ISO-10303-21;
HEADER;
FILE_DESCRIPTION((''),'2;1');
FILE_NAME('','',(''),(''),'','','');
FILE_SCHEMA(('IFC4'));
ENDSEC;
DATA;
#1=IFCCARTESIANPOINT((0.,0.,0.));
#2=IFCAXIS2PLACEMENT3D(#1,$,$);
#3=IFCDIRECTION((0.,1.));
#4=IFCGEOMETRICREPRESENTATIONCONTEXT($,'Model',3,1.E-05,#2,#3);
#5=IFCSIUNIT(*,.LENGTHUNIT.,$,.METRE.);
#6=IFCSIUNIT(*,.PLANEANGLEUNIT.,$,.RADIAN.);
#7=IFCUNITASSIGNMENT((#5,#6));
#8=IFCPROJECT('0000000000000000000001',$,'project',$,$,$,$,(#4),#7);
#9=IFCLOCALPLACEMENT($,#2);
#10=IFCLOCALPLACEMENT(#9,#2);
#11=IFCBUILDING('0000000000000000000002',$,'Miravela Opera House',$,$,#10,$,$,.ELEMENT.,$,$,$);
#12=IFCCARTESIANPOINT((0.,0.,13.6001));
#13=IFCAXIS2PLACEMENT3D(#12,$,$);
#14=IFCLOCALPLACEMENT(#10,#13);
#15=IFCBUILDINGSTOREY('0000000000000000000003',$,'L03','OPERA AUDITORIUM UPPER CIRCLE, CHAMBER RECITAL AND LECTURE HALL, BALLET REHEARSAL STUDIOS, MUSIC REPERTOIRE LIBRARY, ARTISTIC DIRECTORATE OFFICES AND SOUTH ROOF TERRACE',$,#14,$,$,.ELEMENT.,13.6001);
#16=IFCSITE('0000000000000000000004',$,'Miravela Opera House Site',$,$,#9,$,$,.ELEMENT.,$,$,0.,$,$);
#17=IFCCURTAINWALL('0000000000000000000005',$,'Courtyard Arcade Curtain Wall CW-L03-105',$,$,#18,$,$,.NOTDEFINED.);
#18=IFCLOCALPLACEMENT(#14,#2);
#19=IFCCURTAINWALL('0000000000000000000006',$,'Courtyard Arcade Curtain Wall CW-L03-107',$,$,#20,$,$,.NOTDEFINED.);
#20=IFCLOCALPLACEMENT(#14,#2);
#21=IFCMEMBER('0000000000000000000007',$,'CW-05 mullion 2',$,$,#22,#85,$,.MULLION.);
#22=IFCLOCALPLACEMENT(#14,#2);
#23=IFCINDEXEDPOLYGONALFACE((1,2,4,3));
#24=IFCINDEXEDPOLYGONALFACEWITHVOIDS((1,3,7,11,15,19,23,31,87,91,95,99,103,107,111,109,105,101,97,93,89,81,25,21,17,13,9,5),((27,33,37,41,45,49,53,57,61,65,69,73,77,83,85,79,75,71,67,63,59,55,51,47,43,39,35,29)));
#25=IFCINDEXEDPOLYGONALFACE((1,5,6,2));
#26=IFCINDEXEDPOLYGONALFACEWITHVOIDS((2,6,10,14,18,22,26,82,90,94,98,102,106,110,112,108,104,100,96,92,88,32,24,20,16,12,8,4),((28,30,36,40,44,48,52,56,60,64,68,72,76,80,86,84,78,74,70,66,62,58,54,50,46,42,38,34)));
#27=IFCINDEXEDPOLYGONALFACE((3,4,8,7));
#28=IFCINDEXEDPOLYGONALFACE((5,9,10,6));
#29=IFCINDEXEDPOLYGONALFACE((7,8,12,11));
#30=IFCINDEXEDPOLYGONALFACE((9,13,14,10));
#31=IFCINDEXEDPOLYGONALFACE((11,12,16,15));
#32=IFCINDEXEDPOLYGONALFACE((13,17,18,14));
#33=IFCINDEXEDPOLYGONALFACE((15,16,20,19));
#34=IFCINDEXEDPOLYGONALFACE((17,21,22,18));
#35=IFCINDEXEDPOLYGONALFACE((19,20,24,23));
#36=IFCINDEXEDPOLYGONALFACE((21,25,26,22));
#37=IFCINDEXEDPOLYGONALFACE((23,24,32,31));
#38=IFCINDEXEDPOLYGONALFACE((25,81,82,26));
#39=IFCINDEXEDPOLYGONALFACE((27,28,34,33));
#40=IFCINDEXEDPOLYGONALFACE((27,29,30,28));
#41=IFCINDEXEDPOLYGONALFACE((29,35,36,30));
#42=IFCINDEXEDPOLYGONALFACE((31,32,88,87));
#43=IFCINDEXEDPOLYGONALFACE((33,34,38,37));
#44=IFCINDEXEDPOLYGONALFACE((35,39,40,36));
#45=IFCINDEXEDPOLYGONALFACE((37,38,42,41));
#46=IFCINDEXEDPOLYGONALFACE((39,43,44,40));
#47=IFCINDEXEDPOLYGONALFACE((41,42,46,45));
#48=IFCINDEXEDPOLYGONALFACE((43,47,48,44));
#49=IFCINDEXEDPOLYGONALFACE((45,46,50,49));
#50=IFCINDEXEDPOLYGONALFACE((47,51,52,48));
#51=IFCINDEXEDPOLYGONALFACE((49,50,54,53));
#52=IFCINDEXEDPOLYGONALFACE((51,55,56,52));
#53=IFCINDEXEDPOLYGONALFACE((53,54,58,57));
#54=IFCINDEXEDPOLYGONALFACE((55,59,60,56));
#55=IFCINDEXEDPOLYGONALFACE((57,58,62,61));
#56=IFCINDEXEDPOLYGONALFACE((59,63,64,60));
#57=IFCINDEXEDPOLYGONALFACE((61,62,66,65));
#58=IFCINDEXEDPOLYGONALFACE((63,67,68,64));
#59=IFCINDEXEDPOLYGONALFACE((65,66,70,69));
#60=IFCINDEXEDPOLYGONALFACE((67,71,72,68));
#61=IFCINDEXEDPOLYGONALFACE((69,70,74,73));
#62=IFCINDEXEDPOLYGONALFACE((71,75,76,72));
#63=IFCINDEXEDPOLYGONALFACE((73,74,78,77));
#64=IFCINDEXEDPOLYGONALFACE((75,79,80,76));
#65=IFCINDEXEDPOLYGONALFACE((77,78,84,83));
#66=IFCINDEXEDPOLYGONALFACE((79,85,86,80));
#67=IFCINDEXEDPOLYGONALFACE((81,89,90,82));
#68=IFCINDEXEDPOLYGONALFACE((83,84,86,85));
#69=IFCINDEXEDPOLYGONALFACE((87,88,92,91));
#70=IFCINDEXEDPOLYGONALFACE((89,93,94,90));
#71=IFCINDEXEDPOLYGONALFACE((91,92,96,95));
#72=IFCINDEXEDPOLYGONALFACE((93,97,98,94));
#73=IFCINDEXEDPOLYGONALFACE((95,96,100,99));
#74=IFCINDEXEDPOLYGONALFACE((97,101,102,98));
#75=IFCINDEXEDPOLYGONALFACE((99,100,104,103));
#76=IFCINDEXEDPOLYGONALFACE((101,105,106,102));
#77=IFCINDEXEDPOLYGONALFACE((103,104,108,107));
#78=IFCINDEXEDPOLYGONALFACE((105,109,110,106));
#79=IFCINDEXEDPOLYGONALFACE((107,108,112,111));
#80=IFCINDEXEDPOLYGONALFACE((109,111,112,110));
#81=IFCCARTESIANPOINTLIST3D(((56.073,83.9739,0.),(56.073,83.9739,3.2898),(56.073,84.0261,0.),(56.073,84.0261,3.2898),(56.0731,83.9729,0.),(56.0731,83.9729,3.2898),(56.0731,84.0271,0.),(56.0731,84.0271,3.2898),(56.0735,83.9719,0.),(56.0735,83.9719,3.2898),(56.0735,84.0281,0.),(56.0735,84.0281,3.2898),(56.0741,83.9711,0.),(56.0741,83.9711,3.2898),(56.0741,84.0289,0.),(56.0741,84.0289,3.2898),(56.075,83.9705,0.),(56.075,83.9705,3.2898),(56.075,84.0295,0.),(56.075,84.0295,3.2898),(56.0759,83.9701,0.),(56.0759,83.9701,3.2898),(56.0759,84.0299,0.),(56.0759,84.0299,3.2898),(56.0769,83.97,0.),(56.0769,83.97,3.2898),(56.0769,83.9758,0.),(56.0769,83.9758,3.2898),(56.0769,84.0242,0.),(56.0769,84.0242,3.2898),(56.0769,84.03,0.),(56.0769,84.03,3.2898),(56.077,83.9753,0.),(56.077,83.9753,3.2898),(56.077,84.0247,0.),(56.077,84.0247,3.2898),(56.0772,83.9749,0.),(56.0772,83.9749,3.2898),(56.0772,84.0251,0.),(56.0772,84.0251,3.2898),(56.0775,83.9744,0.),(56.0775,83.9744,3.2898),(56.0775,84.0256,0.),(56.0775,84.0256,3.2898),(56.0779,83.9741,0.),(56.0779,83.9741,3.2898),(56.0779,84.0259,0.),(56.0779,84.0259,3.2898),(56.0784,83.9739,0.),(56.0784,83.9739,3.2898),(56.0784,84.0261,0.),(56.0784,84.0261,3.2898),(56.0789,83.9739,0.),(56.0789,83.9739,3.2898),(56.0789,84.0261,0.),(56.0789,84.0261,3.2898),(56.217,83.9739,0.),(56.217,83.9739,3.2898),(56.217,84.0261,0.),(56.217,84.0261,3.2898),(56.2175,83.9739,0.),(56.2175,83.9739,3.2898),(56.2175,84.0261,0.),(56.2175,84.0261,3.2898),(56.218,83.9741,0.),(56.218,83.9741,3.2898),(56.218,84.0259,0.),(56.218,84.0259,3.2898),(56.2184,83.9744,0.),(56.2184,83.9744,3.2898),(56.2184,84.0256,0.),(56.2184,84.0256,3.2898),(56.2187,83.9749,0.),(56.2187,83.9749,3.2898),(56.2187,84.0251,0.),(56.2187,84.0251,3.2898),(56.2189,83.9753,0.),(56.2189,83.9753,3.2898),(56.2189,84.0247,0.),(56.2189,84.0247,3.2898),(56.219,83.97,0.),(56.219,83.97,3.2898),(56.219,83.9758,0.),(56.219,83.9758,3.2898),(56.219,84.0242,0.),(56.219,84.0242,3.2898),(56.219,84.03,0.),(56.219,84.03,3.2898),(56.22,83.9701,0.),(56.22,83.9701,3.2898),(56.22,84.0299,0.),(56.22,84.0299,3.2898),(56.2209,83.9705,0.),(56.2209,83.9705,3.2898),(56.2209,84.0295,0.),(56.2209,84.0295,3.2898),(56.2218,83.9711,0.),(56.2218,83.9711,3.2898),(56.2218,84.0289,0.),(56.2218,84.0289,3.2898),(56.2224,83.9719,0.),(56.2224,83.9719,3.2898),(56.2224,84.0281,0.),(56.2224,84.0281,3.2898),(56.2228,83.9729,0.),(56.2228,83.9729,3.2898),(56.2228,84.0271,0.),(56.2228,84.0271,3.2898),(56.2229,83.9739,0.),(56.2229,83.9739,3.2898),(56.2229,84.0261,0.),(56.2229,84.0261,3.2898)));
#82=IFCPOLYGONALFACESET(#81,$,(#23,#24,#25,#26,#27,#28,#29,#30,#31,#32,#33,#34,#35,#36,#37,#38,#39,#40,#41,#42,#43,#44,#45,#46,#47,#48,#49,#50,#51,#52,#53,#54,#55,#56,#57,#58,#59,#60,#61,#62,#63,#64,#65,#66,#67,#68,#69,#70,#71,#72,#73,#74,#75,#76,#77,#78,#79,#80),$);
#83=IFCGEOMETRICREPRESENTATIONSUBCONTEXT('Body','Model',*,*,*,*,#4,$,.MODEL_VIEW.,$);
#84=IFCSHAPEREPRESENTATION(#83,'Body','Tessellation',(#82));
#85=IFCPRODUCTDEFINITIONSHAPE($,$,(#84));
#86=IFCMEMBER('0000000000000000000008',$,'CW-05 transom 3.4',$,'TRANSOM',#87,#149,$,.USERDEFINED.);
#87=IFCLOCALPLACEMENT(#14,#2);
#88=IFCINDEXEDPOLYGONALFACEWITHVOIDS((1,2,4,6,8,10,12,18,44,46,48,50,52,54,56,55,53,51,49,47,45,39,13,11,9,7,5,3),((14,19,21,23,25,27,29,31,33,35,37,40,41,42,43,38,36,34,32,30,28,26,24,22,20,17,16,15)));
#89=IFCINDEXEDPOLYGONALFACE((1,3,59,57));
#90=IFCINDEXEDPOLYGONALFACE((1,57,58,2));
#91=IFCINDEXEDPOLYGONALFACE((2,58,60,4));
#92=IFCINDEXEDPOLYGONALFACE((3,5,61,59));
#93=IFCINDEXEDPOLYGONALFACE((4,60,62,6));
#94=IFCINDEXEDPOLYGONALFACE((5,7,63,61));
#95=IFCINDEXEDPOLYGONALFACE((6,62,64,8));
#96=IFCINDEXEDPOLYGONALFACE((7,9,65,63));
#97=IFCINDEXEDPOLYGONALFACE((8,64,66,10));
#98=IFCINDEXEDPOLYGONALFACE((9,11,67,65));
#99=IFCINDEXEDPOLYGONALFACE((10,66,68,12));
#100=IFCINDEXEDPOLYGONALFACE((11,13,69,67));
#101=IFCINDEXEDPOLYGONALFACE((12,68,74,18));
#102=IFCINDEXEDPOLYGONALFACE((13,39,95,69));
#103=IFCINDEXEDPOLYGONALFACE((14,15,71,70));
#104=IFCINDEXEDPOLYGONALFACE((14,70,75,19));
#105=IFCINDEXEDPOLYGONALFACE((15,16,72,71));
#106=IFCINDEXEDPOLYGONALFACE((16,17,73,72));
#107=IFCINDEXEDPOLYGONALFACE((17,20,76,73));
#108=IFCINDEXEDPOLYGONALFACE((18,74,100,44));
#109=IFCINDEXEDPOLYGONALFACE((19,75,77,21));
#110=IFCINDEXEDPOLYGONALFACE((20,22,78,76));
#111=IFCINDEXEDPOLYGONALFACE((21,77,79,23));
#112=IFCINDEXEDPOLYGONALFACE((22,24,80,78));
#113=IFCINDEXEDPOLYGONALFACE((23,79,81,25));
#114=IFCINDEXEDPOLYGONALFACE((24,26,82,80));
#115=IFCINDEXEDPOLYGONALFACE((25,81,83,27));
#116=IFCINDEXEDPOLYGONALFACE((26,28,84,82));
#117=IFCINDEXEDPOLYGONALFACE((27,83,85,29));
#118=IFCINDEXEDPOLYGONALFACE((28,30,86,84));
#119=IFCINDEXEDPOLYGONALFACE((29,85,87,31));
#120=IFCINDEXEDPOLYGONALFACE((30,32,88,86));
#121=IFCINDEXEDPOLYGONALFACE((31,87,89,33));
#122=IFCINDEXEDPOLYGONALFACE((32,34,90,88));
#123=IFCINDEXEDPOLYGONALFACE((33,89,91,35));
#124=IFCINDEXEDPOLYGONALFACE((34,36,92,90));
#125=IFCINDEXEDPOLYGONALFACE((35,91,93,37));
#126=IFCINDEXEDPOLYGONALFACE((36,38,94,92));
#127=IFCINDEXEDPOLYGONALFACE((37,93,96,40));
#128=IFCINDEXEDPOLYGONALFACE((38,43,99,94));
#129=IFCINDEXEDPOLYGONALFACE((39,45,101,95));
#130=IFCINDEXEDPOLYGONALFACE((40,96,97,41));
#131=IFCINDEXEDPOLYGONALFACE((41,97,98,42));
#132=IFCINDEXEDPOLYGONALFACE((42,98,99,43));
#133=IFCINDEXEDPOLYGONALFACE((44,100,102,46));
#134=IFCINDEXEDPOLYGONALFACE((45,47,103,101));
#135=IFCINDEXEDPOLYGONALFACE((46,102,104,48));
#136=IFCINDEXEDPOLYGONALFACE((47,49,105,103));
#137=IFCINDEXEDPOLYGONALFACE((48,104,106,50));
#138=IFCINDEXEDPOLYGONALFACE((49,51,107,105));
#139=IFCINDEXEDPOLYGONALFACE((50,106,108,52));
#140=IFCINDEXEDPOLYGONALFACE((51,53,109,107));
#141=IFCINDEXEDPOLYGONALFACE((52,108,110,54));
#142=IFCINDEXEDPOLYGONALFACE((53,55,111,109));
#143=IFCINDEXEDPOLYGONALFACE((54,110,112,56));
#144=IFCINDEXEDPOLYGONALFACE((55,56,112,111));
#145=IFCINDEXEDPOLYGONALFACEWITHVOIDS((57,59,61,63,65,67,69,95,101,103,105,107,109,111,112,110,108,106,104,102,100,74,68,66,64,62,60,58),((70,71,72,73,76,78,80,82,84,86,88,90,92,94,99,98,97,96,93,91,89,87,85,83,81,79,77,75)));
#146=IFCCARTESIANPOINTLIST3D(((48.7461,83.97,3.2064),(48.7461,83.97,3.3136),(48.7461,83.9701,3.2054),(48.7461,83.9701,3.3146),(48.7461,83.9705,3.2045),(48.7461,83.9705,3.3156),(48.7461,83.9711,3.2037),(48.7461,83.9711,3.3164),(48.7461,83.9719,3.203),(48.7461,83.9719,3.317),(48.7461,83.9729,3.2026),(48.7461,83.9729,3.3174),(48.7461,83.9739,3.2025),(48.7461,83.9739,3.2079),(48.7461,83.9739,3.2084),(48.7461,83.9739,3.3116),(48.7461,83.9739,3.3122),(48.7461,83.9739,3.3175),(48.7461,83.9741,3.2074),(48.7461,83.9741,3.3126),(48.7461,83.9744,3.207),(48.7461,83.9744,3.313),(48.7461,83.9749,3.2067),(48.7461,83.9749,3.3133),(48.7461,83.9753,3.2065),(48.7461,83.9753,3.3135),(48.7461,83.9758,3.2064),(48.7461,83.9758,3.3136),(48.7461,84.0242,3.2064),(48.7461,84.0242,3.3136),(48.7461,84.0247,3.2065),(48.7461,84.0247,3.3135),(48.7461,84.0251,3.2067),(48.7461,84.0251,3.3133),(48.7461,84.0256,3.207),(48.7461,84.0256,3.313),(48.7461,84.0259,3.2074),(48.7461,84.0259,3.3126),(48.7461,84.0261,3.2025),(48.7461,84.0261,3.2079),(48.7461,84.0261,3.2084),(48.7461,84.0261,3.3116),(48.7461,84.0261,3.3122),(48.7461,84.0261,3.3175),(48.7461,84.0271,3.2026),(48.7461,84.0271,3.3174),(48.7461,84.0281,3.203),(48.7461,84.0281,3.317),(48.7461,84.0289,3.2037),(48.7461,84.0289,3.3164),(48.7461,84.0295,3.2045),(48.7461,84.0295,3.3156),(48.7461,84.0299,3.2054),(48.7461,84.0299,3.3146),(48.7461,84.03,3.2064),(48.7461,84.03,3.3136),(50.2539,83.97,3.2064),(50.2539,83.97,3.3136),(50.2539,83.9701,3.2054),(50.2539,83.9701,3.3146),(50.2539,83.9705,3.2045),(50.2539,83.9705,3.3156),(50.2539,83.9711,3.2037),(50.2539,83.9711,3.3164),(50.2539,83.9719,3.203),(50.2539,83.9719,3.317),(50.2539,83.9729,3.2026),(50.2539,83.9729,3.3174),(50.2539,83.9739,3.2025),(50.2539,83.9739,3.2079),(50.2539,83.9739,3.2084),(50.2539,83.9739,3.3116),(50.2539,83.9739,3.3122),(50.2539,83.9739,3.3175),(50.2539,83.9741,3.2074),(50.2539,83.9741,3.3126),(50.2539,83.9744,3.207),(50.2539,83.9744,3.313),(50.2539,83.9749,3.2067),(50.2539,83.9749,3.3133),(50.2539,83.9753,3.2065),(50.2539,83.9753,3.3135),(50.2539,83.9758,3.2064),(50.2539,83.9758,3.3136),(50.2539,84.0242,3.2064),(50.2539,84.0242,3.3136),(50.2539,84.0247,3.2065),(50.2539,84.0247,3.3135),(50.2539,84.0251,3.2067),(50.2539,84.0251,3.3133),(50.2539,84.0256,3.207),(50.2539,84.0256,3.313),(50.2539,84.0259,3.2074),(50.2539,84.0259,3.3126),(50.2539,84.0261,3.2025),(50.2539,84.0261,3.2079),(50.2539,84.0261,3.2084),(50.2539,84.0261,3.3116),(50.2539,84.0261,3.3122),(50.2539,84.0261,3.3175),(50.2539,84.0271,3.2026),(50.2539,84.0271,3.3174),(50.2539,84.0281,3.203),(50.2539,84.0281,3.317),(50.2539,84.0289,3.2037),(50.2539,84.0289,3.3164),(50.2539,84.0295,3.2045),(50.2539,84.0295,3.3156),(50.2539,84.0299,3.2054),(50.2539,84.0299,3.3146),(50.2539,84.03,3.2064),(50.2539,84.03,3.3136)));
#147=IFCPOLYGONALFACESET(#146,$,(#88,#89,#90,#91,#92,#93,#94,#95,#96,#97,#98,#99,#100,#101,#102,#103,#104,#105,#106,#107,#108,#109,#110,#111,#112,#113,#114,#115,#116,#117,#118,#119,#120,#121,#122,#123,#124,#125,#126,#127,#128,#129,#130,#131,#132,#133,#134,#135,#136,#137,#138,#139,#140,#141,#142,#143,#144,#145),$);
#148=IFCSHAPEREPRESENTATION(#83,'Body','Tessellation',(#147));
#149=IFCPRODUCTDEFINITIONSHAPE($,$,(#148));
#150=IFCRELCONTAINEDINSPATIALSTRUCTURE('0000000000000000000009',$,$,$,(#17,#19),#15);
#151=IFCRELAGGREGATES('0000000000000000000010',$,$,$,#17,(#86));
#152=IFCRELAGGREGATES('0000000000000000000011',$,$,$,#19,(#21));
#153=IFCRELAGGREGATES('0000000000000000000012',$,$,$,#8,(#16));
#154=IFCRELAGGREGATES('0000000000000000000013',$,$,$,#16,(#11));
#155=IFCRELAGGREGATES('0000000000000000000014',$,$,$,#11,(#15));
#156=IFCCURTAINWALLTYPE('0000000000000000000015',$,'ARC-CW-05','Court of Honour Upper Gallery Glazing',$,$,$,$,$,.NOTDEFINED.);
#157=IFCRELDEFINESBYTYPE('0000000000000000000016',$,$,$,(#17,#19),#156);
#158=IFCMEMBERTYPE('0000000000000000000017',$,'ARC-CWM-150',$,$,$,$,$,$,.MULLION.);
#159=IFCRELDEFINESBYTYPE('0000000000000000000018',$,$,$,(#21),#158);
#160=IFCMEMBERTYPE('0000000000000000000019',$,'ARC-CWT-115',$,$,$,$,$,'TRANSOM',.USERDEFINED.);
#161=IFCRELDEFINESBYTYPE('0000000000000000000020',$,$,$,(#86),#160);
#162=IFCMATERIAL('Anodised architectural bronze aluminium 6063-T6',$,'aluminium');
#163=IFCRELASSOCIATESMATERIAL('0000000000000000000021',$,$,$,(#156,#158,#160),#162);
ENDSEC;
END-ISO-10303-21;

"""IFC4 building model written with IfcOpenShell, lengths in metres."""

from ifc_helpers import new_model, si_unit, direction, frame, origin, origin_2d, place, context, subcontext, project, spatial, hollow_rectangle, extrude, material, material_profile, profile_set, type_object, element, aggregate, save


model = new_model("IFC4")

# Units and contexts
model_context = context("Model", 3, precision=1e-05, world=origin(), true_north=direction((0.0, 1.0)))
body_context = subcontext(model_context, "Body", "Model", "MODEL_VIEW")
ifc_project = project(units=[si_unit("LENGTHUNIT", "METRE"), si_unit("PLANEANGLEUNIT", "RADIAN")], contexts=[model_context])

# Site, building, storey
site_placement = place(None, origin())
site = spatial("IfcSite", under=ifc_project, at=site_placement, Name="Miravela Opera House Site", CompositionType="ELEMENT", RefElevation=0.0)
building_placement = place(site_placement, origin())
building = spatial("IfcBuilding", under=site, at=building_placement, Name="Miravela Opera House", CompositionType="ELEMENT")
storey_placement = place(building_placement, frame((0.0, 0.0, 13.6001)))
storey = spatial("IfcBuildingStorey", under=building, at=storey_placement, Name="L03", Description="OPERA AUDITORIUM UPPER CIRCLE, CHAMBER RECITAL AND LECTURE HALL, BALLET REHEARSAL STUDIOS, MUSIC REPERTOIRE LIBRARY, ARTISTIC DIRECTORATE OFFICES AND SOUTH ROOF TERRACE", CompositionType="ELEMENT", Elevation=13.6001)

# Curtain walls, member
ifc_material_1 = material(Name="Anodised architectural bronze aluminium 6063-T6", Category="aluminium")
curtain_wall_type = type_object("IfcCurtainWallType", Name="ARC-CW-05", Description="Court of Honour Upper Gallery Glazing", PredefinedType="NOTDEFINED", material=ifc_material_1)
curtain_wall_1_placement = place(storey_placement, origin())
curtain_wall_1 = element("IfcCurtainWall", 1, at=curtain_wall_1_placement, inside=storey, type_object=curtain_wall_type, Name="Courtyard Arcade Curtain Wall CW-L03-105", PredefinedType="NOTDEFINED")
ifc_material_profile_1 = material_profile(ifc_material_1, hollow_rectangle(XDim=0.0601, YDim=0.1499, WallThickness=0.0039, InnerFilletRadius=0.002, OuterFilletRadius=0.0039, at=origin_2d()), Name="CWM-60X150")
ifc_profile_set_1 = profile_set([ifc_material_profile_1])
member_type_1 = type_object("IfcMemberType", Name="ARC-CWM-150", PredefinedType="MULLION", material=ifc_profile_set_1)
curtain_wall_2_placement = place(storey_placement, origin())
curtain_wall_2 = element("IfcCurtainWall", 2, at=curtain_wall_2_placement, inside=storey, type_object=curtain_wall_type, Name="Courtyard Arcade Curtain Wall CW-L03-107", PredefinedType="NOTDEFINED")
member_1_placement = place(storey_placement, frame((56.1479, 84.0, 0.0), z_axis=(0.0, 0.0, 1.0), x_axis=(0.0, 1.0, 0.0)))
member_1 = element("IfcMember", 3, at=member_1_placement, type_object=member_type_1, Name="CW-05 mullion 2", PredefinedType="MULLION", context=body_context, shape_type="SweptSolid", body=[
    extrude(hollow_rectangle(XDim=0.0601, YDim=0.1499, WallThickness=0.0039, InnerFilletRadius=0.002, OuterFilletRadius=0.0039, at=origin_2d()), origin(), (0.0, 0.0, 1.0), 3.2898),
])

# Member
ifc_material_profile_2 = material_profile(ifc_material_1, hollow_rectangle(XDim=0.0601, YDim=0.115, WallThickness=0.0039, InnerFilletRadius=0.002, OuterFilletRadius=0.0039, at=origin_2d()), Name="CWT-60X115")
ifc_profile_set_2 = profile_set([ifc_material_profile_2])
member_type_2 = type_object("IfcMemberType", Name="ARC-CWT-115", ElementType="TRANSOM", PredefinedType="USERDEFINED", material=ifc_profile_set_2)
member_2_placement = place(storey_placement, frame((48.7461, 84.0, 3.26), z_axis=(1.0, 0.0, 0.0), x_axis=(0.0, 1.0, 0.0)))
member_2 = element("IfcMember", 4, at=member_2_placement, type_object=member_type_2, Name="CW-05 transom 3.4", ObjectType="TRANSOM", PredefinedType="USERDEFINED", context=body_context, shape_type="SweptSolid", body=[
    extrude(hollow_rectangle(XDim=0.0601, YDim=0.115, WallThickness=0.0039, InnerFilletRadius=0.002, OuterFilletRadius=0.0039, at=origin_2d()), origin(), (0.0, 0.0, 1.0), 1.5078),
])

aggregate(curtain_wall_1, [member_2])
aggregate(curtain_wall_2, [member_1])

save(model, "model.ifc")
